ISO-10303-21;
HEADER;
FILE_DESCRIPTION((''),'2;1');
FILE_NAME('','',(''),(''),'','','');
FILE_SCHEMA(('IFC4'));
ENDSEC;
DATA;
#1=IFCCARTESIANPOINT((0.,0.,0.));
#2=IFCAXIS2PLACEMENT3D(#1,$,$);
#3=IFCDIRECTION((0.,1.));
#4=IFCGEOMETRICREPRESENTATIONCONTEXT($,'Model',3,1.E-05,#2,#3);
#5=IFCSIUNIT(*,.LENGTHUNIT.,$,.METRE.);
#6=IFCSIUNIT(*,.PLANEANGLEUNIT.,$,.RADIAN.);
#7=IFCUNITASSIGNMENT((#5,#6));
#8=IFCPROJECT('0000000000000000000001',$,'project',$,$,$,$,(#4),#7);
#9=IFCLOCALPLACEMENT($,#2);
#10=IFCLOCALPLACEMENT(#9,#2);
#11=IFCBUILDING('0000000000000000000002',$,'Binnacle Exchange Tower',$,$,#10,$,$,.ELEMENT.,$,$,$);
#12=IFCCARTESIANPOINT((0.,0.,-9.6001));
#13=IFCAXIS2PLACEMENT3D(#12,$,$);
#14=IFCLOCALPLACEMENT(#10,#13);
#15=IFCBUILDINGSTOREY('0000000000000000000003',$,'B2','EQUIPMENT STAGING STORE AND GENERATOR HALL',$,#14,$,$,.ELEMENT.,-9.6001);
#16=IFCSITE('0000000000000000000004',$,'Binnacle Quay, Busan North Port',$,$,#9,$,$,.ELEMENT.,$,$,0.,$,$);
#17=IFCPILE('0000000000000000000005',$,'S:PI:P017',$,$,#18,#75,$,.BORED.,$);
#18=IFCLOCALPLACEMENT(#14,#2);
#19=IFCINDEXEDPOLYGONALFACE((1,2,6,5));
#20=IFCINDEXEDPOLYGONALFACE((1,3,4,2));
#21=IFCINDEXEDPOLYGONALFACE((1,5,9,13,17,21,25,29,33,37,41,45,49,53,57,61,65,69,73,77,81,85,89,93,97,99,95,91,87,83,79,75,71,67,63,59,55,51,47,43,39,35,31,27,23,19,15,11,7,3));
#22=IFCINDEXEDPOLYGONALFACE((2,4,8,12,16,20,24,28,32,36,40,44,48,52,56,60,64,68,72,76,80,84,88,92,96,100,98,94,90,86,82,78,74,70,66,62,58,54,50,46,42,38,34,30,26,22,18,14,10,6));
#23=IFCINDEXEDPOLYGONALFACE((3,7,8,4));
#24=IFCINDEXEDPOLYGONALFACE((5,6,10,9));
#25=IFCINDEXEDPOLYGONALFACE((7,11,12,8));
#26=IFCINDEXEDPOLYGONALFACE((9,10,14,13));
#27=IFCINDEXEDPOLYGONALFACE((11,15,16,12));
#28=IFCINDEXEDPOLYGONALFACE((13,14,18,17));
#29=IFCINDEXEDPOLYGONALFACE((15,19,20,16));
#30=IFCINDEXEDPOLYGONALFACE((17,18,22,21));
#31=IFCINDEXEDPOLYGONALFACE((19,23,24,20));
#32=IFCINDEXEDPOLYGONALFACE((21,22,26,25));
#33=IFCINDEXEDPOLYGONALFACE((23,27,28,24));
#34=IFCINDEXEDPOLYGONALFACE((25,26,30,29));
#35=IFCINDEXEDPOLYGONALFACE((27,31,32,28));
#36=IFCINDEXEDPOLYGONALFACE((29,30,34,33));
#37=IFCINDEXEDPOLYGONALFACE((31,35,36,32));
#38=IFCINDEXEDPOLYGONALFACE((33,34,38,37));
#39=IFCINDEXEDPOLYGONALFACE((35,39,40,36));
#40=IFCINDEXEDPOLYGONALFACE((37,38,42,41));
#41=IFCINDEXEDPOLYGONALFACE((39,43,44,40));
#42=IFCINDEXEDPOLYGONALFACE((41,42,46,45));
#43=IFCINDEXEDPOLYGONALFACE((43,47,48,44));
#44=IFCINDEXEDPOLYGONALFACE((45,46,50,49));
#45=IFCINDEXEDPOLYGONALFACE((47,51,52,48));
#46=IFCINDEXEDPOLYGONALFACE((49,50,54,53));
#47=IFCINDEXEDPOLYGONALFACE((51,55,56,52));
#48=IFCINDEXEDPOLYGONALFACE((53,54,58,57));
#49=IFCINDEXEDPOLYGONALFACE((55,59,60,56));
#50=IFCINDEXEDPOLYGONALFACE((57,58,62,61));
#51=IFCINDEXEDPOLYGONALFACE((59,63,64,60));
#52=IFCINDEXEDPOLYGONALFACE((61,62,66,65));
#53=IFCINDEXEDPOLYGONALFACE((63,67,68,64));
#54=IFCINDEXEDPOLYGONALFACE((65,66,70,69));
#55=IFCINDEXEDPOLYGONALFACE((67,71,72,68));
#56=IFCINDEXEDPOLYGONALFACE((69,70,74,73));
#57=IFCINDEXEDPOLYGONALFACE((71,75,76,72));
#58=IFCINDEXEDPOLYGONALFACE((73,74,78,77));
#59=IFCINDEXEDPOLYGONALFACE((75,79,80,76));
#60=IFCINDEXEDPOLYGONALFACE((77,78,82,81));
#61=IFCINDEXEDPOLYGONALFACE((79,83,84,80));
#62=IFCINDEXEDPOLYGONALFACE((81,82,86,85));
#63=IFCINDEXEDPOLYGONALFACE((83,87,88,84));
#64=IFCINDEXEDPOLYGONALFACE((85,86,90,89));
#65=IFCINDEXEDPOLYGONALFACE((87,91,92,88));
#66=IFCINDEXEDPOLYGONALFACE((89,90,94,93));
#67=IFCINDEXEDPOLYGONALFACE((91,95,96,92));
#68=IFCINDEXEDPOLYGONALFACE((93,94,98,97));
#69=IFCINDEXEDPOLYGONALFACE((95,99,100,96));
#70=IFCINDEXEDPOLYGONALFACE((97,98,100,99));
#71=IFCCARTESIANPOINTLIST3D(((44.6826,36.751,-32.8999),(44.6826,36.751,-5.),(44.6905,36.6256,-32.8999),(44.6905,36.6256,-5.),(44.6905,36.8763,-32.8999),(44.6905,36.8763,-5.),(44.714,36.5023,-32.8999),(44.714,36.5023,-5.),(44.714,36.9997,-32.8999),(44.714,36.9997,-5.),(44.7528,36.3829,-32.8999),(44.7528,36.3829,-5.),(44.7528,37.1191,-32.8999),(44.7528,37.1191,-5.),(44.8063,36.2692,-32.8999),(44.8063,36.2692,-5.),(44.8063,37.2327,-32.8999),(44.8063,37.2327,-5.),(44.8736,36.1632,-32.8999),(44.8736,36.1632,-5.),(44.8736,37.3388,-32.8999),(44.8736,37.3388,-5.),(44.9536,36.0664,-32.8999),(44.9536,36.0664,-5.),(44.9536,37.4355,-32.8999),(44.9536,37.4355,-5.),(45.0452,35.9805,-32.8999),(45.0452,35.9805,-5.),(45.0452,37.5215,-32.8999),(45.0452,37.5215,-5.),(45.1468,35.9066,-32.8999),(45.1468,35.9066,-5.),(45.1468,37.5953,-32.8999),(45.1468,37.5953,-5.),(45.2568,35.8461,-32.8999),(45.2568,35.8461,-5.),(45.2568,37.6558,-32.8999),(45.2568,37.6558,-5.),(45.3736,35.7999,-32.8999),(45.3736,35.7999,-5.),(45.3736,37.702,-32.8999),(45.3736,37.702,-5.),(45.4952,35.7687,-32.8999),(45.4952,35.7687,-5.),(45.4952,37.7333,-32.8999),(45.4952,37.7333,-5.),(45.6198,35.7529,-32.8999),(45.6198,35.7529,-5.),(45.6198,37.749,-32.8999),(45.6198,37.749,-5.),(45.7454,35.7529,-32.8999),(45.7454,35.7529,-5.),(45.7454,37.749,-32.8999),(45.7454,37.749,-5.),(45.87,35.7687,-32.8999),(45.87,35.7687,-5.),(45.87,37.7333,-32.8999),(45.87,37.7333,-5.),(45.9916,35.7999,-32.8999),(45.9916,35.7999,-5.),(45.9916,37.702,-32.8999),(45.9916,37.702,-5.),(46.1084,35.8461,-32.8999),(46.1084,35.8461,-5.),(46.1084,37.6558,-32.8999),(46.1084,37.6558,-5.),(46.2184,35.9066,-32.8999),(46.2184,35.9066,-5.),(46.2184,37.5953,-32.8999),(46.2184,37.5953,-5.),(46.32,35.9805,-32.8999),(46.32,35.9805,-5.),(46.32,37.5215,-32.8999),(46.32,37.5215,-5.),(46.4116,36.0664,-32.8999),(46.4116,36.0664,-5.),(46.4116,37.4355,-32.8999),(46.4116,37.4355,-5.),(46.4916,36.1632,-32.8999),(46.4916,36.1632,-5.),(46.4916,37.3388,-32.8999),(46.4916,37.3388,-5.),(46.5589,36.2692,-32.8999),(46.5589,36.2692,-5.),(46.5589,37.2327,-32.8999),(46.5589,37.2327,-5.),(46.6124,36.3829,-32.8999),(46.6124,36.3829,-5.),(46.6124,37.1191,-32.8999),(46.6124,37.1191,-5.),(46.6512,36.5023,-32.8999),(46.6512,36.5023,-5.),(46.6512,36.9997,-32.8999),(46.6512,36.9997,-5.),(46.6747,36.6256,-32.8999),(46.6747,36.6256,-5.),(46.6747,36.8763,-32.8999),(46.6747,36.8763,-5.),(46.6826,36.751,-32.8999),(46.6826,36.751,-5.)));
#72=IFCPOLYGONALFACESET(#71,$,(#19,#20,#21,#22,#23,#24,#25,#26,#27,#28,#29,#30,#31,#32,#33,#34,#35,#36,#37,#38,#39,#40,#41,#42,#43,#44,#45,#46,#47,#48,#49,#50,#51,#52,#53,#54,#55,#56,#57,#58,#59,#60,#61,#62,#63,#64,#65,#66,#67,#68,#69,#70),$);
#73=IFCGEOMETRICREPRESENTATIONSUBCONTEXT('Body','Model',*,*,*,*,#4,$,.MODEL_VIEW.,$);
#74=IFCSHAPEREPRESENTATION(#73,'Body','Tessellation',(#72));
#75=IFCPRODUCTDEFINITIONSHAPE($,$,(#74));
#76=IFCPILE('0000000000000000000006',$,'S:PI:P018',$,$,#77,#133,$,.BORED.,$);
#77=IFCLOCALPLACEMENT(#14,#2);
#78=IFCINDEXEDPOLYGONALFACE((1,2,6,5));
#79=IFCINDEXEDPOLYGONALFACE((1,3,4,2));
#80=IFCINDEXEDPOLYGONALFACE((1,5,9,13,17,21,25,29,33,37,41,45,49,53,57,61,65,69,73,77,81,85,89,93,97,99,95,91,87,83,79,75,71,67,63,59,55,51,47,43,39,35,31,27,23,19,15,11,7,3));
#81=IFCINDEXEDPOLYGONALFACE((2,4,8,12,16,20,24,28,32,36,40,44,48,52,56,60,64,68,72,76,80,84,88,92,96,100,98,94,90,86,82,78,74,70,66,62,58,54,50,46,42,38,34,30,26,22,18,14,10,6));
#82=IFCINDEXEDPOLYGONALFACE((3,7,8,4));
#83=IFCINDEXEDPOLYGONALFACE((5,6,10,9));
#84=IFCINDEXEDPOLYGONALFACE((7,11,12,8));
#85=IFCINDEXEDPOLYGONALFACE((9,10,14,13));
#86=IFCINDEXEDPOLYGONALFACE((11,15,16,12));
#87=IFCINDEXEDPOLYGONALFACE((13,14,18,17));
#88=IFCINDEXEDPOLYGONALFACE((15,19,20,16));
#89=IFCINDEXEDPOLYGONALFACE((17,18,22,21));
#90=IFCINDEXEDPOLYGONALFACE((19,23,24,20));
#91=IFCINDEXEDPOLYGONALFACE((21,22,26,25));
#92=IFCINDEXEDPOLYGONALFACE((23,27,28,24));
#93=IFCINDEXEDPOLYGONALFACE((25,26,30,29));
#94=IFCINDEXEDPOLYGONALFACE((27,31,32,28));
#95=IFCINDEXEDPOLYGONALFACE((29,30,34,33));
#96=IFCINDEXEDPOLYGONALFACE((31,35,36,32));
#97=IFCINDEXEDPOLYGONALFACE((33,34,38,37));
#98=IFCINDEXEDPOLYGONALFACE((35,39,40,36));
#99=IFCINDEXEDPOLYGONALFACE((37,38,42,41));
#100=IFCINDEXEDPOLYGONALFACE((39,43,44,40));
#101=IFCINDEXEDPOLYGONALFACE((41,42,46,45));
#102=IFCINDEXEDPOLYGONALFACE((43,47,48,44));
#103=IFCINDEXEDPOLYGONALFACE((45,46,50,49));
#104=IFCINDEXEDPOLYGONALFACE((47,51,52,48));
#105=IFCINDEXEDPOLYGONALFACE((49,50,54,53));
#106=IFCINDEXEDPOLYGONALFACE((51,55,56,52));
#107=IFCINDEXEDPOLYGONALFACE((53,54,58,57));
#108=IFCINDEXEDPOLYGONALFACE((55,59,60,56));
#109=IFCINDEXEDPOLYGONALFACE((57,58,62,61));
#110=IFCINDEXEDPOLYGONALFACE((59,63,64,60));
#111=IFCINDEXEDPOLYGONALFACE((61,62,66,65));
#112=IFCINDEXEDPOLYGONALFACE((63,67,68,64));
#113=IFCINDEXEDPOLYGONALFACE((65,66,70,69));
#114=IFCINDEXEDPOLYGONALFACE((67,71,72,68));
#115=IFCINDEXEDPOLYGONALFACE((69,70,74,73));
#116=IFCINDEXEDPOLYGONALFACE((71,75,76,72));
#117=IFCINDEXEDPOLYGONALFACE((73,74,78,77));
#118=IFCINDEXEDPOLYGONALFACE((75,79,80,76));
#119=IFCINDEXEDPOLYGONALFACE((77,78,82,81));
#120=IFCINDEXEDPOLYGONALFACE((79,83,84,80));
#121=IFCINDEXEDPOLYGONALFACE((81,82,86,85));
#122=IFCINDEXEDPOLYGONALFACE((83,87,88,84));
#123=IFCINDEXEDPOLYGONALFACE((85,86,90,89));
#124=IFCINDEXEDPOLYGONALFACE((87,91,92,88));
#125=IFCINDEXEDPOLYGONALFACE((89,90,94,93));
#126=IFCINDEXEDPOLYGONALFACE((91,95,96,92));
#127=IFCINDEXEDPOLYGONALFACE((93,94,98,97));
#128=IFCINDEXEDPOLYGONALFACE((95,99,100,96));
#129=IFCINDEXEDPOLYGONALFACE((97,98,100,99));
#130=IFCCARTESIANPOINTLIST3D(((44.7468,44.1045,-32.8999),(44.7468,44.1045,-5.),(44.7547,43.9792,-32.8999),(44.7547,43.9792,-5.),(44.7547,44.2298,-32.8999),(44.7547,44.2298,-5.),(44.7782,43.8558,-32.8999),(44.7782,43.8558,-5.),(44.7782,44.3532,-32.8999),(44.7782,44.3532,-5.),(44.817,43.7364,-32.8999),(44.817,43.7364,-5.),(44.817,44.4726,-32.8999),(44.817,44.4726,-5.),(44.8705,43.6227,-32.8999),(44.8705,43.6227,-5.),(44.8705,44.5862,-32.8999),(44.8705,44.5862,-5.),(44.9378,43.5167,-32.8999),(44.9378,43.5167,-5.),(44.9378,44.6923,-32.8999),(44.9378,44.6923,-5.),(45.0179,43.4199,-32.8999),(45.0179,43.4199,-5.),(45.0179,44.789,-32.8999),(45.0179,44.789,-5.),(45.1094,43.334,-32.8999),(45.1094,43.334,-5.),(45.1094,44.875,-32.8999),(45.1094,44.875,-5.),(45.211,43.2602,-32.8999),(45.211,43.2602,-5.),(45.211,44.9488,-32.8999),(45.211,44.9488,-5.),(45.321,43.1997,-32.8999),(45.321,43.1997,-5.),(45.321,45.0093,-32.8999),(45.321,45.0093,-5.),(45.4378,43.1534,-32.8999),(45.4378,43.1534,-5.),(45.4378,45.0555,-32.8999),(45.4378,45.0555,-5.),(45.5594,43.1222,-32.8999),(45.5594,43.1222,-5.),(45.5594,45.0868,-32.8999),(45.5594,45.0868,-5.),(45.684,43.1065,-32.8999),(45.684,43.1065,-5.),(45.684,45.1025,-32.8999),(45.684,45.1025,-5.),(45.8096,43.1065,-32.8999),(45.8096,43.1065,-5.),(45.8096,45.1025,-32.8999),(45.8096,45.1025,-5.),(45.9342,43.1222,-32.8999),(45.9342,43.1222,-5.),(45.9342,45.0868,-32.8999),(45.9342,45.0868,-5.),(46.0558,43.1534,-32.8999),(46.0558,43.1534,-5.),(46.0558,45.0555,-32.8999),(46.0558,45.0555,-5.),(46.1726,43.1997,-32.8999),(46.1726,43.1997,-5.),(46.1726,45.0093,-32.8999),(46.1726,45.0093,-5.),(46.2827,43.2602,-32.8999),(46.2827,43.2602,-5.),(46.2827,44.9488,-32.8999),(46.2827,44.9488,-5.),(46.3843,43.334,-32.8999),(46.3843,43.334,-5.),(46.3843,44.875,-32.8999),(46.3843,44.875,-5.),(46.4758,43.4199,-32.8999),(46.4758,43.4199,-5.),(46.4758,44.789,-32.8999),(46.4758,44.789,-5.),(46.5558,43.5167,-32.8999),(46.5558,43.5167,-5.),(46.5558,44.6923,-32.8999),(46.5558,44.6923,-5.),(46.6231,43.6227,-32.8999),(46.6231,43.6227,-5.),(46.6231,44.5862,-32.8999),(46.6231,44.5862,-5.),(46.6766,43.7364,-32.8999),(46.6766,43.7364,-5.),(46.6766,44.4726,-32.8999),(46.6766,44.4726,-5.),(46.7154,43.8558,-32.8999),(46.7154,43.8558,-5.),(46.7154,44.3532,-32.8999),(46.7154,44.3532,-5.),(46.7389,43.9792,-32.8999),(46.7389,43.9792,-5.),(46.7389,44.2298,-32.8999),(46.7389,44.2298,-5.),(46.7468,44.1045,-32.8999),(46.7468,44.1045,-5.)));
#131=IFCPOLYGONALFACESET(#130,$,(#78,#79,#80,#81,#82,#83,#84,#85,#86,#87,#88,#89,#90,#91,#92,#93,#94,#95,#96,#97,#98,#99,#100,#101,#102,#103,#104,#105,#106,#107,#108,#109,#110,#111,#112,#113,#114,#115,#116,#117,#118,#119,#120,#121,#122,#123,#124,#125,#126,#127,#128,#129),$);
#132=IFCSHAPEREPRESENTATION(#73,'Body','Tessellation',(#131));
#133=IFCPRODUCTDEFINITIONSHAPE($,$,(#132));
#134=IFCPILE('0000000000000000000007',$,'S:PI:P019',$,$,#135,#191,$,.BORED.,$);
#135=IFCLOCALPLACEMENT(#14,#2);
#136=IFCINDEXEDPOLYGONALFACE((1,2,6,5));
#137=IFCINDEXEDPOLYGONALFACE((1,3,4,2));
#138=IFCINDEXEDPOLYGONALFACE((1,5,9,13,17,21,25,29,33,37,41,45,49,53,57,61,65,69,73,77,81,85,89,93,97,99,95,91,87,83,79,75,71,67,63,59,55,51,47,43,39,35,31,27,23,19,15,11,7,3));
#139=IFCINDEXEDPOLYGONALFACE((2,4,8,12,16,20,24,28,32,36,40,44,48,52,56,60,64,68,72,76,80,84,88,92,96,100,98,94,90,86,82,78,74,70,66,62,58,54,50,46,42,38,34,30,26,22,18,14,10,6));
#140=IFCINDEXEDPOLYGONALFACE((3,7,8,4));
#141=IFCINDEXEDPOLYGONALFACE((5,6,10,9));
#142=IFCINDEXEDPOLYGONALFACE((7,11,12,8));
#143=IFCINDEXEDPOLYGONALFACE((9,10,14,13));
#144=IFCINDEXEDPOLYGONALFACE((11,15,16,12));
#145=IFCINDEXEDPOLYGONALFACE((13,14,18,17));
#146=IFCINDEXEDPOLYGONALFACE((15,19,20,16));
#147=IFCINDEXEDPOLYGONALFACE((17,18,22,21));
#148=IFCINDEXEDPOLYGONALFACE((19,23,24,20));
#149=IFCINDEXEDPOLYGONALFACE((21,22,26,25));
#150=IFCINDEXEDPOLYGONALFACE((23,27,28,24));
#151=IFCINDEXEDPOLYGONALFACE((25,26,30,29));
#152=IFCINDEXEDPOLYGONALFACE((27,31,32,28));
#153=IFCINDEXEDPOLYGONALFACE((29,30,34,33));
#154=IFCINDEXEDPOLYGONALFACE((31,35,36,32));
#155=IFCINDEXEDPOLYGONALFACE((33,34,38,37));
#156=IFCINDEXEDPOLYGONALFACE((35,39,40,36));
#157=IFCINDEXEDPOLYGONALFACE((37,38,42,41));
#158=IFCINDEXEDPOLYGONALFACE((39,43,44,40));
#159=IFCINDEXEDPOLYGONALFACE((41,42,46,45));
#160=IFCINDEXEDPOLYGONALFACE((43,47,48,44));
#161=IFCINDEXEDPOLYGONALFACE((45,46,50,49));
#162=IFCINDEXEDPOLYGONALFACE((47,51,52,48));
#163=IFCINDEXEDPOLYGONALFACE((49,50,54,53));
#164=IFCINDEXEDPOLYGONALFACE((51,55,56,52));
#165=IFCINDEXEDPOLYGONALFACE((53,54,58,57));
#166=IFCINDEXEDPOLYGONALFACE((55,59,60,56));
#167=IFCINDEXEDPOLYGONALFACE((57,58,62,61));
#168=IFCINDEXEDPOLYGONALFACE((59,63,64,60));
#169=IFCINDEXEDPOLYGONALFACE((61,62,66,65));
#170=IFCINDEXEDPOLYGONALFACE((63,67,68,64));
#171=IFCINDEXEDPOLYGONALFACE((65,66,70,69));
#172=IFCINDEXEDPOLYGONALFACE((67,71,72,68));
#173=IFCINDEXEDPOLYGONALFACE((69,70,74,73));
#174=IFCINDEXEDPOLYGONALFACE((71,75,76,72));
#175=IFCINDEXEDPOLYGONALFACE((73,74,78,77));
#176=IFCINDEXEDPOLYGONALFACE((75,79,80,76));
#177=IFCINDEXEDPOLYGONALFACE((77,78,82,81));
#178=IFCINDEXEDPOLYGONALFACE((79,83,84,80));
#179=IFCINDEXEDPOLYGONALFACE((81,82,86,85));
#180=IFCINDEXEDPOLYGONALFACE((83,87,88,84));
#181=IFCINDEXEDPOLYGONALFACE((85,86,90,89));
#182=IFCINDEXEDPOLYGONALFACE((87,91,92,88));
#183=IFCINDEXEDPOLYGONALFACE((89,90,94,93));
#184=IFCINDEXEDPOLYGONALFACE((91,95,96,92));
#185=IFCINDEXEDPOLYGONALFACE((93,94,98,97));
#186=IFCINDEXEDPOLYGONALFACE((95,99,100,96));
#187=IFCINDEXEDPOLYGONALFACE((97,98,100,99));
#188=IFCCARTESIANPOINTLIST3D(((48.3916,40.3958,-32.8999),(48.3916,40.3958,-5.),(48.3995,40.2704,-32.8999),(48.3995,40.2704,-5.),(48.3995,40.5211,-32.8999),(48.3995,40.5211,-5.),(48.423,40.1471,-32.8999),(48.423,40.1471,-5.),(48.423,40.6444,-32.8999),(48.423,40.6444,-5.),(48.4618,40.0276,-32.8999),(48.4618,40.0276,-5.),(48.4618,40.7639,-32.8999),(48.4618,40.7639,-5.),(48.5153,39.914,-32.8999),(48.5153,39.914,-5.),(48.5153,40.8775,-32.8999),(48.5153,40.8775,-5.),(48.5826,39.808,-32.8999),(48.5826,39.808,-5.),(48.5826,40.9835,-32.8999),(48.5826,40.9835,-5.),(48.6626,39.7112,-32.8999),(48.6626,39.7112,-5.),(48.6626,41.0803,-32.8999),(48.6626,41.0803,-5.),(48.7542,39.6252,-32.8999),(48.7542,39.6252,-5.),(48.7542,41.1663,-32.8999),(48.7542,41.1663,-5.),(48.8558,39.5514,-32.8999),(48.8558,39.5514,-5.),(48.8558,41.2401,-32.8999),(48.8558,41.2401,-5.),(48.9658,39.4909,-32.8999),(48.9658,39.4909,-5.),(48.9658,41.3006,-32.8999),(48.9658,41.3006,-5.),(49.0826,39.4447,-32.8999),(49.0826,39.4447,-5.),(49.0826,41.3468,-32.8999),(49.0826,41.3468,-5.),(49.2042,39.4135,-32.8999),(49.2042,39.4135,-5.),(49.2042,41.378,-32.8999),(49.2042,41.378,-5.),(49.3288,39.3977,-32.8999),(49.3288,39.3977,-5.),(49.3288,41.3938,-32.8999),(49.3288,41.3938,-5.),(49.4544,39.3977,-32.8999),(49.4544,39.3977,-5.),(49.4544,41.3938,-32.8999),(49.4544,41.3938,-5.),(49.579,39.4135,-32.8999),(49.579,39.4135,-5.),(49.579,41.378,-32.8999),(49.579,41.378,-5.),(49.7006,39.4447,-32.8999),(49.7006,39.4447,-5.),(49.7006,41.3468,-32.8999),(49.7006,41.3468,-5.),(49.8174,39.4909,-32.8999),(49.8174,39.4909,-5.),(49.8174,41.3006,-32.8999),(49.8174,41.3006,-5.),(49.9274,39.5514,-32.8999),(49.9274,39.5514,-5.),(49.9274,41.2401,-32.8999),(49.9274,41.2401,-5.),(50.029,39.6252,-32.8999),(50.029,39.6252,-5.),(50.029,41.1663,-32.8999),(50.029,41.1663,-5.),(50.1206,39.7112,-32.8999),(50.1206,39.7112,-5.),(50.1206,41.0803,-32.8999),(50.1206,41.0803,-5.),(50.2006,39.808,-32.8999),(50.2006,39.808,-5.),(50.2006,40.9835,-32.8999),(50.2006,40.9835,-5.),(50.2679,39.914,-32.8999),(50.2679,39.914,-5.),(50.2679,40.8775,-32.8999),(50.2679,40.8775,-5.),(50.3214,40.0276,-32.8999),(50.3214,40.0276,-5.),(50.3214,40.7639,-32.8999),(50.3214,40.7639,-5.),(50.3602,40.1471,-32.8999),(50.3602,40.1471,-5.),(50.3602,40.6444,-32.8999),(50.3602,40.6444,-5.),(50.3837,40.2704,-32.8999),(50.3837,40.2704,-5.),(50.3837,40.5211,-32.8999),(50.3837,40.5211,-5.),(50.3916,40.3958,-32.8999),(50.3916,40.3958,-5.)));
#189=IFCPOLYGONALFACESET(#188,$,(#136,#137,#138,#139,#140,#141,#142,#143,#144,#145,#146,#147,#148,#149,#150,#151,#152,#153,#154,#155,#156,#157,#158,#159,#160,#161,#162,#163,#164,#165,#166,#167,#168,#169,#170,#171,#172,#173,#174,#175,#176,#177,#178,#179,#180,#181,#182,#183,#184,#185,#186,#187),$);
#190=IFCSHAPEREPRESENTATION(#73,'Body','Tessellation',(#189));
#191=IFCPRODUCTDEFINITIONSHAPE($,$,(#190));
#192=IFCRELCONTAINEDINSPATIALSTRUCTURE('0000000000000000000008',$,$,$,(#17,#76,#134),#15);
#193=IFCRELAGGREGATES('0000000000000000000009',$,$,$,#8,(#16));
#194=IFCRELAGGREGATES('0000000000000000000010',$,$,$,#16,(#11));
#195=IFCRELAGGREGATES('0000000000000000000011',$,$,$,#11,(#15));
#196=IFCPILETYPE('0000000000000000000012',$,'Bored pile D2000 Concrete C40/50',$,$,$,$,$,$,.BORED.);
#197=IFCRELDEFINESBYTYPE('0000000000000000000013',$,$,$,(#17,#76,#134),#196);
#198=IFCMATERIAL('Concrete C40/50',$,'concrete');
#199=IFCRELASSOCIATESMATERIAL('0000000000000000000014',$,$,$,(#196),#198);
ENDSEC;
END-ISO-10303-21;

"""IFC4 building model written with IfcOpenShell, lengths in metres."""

from ifc_helpers import new_model, si_unit, direction, frame, origin, origin_2d, place, context, subcontext, project, spatial, circle, extrude, material, material_profile, profile_set, type_object, element, save


model = new_model("IFC4")

# Units and contexts
model_context = context("Model", 3, precision=1e-05, world=origin(), true_north=direction((0.0, 1.0)))
body_context = subcontext(model_context, "Body", "Model", "MODEL_VIEW")
ifc_project = project(units=[si_unit("LENGTHUNIT", "METRE"), si_unit("PLANEANGLEUNIT", "RADIAN")], contexts=[model_context])

# Site, building, storey
site_placement = place(None, origin())
site = spatial("IfcSite", under=ifc_project, at=site_placement, Name="Binnacle Quay, Busan North Port", CompositionType="ELEMENT", RefElevation=0.0)
building_placement = place(site_placement, origin())
building = spatial("IfcBuilding", under=site, at=building_placement, Name="Binnacle Exchange Tower", CompositionType="ELEMENT")
storey_placement = place(building_placement, frame((0.0, 0.0, -9.6001)))
storey = spatial("IfcBuildingStorey", under=building, at=storey_placement, Name="B2", Description="EQUIPMENT STAGING STORE AND GENERATOR HALL", CompositionType="ELEMENT", Elevation=-9.6001)

# Piles
ifc_material_1 = material(Name="Concrete C40/50", Category="concrete")
ifc_material_profile_1 = material_profile(ifc_material_1, circle(Radius=1.0, at=origin_2d()), Name="Bored pile D2000")
ifc_profile_set_1 = profile_set([ifc_material_profile_1], Name="Concrete C40/50")
pile_type = type_object("IfcPileType", Name="Bored pile D2000 Concrete C40/50", PredefinedType="BORED", material=ifc_profile_set_1)
for number, where, z_axis, x_axis, name in (
    (1, (45.6826, 36.751, -5.0), (0.0, 0.0, -1.0), (1.0, 0.0, 0.0), "S:PI:P017"),
    (2, (45.7468, 44.1045, -5.0), (0.0, 0.0, -1.0), (1.0, 0.0, 0.0), "S:PI:P018"),
    (3, (49.3916, 40.3958, -5.0), (0.0, 0.0, -1.0), (1.0, 0.0, 0.0), "S:PI:P019"),
):
    element("IfcPile", number, at=place(storey_placement, frame(where, z_axis=z_axis, x_axis=x_axis)), inside=storey, type_object=pile_type, Name=name, PredefinedType="BORED", context=body_context, shape_type="SweptSolid", body=[
        extrude(circle(Radius=1.0, at=origin_2d()), origin(), (0.0, 0.0, 1.0), 27.8999),
    ])

save(model, "model.ifc")
